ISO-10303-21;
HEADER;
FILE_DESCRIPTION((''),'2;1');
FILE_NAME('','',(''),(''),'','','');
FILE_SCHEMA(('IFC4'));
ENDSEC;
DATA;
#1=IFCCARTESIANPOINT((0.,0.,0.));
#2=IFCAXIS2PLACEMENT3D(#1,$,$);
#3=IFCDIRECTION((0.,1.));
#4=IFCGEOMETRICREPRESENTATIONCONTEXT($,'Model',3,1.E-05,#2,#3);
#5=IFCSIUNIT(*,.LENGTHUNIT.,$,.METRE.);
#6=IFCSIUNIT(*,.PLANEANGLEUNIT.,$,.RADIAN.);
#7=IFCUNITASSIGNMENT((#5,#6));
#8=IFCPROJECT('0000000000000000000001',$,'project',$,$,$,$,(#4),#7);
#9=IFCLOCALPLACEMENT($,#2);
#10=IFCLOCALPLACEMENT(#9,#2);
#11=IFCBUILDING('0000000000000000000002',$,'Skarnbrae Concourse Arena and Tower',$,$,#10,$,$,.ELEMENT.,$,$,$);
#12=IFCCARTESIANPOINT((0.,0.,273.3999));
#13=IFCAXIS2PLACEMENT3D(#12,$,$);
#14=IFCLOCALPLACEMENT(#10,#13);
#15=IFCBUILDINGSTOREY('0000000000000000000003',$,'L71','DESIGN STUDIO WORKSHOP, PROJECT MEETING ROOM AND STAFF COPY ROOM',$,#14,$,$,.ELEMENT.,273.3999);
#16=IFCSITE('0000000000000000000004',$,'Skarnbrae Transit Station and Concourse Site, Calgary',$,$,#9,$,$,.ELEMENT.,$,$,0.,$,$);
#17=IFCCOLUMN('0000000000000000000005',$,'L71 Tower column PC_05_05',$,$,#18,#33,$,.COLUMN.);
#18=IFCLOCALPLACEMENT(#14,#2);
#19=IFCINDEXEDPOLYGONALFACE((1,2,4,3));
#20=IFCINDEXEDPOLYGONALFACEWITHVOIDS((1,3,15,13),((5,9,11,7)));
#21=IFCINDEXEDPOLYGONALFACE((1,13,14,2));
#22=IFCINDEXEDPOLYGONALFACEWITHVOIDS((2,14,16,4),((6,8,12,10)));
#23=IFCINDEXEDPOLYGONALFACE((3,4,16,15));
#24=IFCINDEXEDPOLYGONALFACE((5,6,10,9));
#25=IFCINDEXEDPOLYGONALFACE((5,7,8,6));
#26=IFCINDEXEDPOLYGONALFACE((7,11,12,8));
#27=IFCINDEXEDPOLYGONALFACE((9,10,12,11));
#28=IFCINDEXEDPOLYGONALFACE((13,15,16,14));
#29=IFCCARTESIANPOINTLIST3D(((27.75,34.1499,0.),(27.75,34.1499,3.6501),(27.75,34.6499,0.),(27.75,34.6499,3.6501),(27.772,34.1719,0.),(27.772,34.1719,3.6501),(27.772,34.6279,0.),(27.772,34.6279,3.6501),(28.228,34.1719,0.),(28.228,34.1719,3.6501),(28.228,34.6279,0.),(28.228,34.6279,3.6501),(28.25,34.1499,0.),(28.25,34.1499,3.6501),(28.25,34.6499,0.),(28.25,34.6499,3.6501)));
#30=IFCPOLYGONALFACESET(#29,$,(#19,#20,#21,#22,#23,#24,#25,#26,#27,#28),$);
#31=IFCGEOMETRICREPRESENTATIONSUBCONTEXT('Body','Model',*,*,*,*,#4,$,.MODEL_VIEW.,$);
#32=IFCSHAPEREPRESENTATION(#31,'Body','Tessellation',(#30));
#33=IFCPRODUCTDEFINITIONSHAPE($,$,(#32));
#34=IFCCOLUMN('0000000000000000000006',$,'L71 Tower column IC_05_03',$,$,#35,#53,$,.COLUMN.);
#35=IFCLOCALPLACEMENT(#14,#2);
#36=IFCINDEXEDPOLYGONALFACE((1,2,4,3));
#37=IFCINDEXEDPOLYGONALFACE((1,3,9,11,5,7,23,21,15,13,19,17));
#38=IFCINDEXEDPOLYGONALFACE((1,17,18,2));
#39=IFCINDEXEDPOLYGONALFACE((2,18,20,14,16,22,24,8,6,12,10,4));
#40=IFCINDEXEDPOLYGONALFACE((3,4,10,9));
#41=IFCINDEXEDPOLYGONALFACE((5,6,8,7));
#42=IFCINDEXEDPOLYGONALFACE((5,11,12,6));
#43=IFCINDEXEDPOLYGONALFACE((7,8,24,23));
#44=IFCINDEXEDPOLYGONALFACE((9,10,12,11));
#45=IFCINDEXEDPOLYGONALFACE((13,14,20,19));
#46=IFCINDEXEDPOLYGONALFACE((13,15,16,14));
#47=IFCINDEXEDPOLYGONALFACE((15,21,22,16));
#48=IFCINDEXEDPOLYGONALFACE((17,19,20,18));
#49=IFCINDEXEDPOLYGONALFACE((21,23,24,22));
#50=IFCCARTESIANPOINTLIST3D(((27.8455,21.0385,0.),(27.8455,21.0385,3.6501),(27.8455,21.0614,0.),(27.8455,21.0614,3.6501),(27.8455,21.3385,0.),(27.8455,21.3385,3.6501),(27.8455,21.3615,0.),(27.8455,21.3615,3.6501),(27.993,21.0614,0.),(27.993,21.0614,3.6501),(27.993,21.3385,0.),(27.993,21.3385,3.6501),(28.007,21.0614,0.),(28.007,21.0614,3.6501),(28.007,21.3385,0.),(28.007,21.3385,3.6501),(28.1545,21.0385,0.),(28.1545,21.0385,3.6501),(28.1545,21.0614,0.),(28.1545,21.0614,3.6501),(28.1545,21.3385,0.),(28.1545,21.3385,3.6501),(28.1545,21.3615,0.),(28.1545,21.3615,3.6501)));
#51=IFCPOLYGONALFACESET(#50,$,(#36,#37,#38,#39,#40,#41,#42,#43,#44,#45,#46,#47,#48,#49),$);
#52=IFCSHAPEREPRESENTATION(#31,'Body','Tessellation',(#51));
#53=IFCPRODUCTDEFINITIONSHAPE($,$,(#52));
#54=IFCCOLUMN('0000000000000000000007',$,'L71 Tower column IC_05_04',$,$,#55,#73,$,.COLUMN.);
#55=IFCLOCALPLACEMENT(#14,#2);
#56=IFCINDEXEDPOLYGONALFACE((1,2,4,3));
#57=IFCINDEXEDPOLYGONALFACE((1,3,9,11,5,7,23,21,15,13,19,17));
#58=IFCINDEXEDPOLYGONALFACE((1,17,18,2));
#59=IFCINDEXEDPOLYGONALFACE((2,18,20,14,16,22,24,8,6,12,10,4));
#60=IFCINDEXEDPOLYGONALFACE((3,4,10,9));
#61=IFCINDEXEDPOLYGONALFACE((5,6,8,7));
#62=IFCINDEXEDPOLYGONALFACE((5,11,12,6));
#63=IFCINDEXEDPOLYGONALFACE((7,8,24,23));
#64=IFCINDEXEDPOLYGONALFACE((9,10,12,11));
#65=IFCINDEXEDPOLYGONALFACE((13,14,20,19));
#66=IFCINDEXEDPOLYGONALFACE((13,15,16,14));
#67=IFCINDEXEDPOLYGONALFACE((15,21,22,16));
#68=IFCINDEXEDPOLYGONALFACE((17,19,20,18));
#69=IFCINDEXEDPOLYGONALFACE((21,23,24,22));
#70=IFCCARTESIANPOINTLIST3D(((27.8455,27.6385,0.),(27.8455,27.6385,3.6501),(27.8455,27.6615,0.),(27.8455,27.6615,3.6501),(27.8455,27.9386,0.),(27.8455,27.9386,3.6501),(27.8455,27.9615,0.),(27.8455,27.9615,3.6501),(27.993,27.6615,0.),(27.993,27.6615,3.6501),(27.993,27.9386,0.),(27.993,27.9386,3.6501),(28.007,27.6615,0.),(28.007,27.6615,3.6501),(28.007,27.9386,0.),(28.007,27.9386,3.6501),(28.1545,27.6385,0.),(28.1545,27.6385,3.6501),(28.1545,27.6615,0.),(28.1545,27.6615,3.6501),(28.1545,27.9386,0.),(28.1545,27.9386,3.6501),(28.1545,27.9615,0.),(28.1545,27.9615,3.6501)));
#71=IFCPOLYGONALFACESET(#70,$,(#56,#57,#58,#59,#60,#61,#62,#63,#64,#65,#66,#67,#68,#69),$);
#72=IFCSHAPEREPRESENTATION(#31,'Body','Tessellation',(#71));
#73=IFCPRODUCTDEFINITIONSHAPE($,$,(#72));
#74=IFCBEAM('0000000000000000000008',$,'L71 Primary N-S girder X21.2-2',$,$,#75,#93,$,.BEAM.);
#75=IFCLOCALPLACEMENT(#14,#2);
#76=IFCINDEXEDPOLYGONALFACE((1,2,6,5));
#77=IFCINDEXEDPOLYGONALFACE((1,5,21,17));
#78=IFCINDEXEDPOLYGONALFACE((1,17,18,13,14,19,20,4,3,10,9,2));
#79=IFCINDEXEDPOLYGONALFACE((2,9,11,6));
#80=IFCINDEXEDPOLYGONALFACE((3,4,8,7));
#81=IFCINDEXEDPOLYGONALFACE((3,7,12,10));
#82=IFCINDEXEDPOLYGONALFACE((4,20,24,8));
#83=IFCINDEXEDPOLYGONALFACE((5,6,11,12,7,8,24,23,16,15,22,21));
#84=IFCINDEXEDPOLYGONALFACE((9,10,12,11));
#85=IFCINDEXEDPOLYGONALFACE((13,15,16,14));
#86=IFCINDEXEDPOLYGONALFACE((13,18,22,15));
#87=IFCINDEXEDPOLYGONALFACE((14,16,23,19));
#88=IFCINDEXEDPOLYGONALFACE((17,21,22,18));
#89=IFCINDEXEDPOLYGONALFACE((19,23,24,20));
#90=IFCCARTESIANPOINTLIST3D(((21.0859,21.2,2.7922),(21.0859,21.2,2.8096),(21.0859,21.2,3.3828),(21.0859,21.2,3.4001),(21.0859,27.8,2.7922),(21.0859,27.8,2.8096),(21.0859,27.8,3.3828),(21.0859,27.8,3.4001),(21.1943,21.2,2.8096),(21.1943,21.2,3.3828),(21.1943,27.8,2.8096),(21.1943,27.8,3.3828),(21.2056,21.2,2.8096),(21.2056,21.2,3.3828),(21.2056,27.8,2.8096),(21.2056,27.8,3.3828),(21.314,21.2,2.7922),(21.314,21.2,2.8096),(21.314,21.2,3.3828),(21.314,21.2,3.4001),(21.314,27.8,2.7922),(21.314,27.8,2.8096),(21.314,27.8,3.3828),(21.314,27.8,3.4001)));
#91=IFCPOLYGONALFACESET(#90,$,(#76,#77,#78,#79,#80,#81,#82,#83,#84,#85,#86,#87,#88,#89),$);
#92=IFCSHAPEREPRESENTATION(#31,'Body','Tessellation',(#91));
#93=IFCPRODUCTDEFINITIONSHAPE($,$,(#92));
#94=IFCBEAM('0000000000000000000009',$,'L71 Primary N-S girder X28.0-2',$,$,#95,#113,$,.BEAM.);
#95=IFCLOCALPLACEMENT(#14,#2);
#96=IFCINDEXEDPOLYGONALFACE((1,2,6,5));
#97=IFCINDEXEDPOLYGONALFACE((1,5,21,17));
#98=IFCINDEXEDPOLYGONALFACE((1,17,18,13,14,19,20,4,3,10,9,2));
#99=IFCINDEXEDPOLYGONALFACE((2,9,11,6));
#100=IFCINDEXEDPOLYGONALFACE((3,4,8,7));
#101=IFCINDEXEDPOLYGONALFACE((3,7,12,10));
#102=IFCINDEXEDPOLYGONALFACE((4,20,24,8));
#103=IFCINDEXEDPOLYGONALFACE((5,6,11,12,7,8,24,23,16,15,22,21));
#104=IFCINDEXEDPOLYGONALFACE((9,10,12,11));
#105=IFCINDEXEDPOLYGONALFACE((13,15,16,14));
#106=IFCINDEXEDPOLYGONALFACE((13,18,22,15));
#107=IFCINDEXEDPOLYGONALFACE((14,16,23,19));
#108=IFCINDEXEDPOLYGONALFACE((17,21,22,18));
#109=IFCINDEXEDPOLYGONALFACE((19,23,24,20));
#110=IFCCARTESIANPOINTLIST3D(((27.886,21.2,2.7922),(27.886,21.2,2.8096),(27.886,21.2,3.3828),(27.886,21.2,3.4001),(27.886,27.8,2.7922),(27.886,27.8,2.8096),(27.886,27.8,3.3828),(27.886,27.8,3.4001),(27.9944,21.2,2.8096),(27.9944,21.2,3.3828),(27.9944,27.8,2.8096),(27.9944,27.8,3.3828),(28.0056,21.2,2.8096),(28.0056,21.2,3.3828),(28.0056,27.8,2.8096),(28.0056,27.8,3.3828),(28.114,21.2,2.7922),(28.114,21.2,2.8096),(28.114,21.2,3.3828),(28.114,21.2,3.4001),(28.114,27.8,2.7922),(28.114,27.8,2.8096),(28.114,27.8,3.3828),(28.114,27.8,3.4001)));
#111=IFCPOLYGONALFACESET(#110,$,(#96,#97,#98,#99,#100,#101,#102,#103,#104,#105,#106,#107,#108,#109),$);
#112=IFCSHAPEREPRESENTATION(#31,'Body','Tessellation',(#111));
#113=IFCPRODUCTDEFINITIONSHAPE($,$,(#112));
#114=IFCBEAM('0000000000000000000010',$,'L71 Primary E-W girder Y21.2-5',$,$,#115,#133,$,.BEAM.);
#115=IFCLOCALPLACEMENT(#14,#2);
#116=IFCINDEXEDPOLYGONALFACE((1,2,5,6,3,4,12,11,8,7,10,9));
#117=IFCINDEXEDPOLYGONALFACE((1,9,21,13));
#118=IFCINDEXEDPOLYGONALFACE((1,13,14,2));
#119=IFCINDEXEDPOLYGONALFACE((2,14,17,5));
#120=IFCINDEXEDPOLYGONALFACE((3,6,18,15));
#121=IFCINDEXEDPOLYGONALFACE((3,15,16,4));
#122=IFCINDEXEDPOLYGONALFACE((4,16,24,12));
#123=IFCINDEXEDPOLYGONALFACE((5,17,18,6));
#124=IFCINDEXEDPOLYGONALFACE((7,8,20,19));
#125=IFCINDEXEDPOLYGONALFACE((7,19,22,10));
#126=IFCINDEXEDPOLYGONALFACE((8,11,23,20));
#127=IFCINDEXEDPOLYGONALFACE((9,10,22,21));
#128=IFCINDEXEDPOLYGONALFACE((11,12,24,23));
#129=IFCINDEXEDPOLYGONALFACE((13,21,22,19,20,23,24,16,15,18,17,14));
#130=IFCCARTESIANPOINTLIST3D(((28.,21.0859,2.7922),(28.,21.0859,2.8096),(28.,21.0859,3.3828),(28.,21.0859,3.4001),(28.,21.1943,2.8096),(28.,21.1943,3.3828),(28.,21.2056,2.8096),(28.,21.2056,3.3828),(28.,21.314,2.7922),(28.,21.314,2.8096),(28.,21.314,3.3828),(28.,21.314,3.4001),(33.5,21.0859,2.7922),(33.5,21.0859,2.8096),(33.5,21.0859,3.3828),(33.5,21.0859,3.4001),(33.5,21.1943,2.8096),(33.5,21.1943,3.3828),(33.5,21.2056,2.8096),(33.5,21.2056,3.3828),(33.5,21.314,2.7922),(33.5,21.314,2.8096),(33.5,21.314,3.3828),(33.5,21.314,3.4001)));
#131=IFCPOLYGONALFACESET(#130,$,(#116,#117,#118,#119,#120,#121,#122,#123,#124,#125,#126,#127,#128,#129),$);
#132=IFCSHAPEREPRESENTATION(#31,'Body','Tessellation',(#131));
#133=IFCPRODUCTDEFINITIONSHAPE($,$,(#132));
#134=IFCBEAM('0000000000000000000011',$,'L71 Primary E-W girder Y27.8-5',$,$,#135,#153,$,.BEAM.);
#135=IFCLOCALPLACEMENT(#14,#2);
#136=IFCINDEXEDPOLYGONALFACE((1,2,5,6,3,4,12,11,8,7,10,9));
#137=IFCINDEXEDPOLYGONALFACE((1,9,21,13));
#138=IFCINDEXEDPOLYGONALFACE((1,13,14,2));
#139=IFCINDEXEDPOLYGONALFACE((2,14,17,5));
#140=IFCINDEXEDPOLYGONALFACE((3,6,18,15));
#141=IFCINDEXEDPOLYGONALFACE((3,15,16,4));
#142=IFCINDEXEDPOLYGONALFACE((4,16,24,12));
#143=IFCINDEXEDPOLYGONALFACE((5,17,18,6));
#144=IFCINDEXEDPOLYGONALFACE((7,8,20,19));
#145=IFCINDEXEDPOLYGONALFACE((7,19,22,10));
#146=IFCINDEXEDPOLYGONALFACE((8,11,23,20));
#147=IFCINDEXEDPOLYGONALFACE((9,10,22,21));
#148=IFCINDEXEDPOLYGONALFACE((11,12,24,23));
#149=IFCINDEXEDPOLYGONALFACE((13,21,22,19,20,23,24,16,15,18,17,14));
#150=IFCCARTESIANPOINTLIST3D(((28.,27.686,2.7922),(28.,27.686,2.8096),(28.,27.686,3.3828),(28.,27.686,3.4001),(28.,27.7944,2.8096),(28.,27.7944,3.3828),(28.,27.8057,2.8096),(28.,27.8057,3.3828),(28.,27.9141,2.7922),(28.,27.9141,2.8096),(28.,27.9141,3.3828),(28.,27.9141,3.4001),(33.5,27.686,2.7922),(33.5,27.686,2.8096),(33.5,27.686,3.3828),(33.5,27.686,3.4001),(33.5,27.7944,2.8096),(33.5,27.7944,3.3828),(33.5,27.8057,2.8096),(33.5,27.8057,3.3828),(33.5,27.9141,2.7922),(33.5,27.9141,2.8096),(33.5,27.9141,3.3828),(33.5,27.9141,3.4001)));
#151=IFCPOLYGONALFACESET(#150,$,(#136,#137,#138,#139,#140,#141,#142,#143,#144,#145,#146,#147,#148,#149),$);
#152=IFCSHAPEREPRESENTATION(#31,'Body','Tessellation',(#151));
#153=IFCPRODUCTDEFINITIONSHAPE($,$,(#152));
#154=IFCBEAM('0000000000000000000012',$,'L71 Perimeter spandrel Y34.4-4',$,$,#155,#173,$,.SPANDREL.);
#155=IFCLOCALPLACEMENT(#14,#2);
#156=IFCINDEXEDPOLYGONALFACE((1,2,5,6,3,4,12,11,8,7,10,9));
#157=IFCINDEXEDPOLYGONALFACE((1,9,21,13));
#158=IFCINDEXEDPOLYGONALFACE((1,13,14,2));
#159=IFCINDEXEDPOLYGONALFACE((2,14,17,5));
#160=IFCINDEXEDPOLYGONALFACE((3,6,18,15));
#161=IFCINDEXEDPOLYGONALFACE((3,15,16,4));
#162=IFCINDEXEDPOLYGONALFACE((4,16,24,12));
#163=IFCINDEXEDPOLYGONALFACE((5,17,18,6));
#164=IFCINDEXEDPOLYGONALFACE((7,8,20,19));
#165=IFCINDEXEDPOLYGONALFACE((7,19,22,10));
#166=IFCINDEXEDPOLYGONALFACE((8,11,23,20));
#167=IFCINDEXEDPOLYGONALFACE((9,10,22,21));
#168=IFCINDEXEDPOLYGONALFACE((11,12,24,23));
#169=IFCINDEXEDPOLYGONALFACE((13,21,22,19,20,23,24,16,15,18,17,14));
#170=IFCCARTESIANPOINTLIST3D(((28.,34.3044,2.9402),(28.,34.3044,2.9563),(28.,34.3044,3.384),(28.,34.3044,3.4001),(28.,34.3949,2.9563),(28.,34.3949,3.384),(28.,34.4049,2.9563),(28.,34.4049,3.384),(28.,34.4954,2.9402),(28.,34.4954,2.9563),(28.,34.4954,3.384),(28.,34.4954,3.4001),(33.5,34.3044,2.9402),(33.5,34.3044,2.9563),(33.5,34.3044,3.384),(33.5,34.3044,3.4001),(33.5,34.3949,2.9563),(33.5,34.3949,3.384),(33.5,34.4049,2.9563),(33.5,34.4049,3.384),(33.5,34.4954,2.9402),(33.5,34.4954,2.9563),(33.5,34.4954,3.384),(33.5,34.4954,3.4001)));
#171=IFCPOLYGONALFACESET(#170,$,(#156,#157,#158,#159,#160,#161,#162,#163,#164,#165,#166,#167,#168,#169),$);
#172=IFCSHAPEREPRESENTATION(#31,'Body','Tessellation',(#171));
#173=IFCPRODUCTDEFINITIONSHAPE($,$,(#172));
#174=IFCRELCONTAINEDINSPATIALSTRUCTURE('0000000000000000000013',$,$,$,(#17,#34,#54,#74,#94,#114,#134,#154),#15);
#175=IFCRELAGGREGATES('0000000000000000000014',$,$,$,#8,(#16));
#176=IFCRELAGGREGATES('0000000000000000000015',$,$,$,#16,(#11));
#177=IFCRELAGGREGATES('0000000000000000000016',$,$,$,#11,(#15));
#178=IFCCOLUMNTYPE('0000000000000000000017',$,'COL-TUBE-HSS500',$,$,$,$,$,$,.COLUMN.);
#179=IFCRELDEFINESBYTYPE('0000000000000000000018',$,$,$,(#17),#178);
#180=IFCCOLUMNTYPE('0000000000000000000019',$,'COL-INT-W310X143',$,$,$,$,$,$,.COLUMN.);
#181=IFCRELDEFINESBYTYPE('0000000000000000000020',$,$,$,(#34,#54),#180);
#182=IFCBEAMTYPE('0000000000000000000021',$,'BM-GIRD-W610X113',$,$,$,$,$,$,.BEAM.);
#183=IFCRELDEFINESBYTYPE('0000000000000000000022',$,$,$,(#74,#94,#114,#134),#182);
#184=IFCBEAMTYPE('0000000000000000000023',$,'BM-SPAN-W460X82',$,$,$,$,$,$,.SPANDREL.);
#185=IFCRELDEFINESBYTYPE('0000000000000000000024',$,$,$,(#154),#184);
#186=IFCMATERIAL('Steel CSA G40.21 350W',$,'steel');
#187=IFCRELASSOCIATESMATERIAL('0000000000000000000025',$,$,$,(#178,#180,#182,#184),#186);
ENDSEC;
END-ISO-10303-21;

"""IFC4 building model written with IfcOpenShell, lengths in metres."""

from ifc_helpers import new_model, si_unit, direction, frame, origin, origin_2d, place, context, subcontext, project, spatial, hollow_rectangle, i_section, extrude, source, transform, mapped, material, material_profile, profile_set, type_object, element, save


model = new_model("IFC4")

# Units and contexts
model_context = context("Model", 3, precision=1e-05, world=origin(), true_north=direction((0.0, 1.0)))
body_context = subcontext(model_context, "Body", "Model", "MODEL_VIEW")
ifc_project = project(units=[si_unit("LENGTHUNIT", "METRE"), si_unit("PLANEANGLEUNIT", "RADIAN")], contexts=[model_context])

# Site, building, storey
site_placement = place(None, origin())
site = spatial("IfcSite", under=ifc_project, at=site_placement, Name="Skarnbrae Transit Station and Concourse Site, Calgary", CompositionType="ELEMENT", RefElevation=0.0)
building_placement = place(site_placement, origin())
building = spatial("IfcBuilding", under=site, at=building_placement, Name="Skarnbrae Concourse Arena and Tower", CompositionType="ELEMENT")
storey_placement = place(building_placement, frame((0.0, 0.0, 273.3999)))
storey = spatial("IfcBuildingStorey", under=building, at=storey_placement, Name="L71", Description="DESIGN STUDIO WORKSHOP, PROJECT MEETING ROOM AND STAFF COPY ROOM", CompositionType="ELEMENT", Elevation=273.3999)

# Columns
ifc_material_1 = material(Name="Steel CSA G40.21 350W", Category="steel")
ifc_material_profile_1 = material_profile(ifc_material_1, hollow_rectangle(XDim=0.5, YDim=0.5, WallThickness=0.022, at=origin_2d()), Name="HSS500X500X22.0")
ifc_profile_set_1 = profile_set([ifc_material_profile_1], Name="Steel CSA G40.21 350W")
column_type_1 = type_object("IfcColumnType", Name="COL-TUBE-HSS500", PredefinedType="COLUMN", material=ifc_profile_set_1)
shared_shape_1 = source(origin(), body_context, "Body", "SweptSolid", [
    extrude(hollow_rectangle(XDim=0.5, YDim=0.5, WallThickness=0.022, at=origin_2d()), origin(), (0.0, 0.0, 1.0), 3.6501),
])
column_placement = place(storey_placement, frame((28.0, 34.3999, 0.0), z_axis=(0.0, 0.0, 1.0), x_axis=(1.0, 0.0, 0.0)))
element("IfcColumn", 1, at=column_placement, inside=storey, type_object=column_type_1, Name="L71 Tower column PC_05_05", PredefinedType="COLUMN", context=body_context, shape_type="MappedRepresentation", body=[
    mapped(shared_shape_1, transform((0.0, 0.0, 0.0))),
])
ifc_material_profile_2 = material_profile(ifc_material_1, i_section(OverallWidth=0.3091, OverallDepth=0.323, WebThickness=0.0139, FlangeThickness=0.0229, at=origin_2d()), Name="W310X143")
ifc_profile_set_2 = profile_set([ifc_material_profile_2], Name="Steel CSA G40.21 350W")
column_type_2 = type_object("IfcColumnType", Name="COL-INT-W310X143", PredefinedType="COLUMN", material=ifc_profile_set_2)
shared_shape_2 = source(origin(), body_context, "Body", "SweptSolid", [
    extrude(i_section(OverallWidth=0.3091, OverallDepth=0.323, WebThickness=0.0139, FlangeThickness=0.0229, at=origin_2d()), origin(), (0.0, 0.0, 1.0), 3.6501),
])
for number, where, z_axis, x_axis, name in (
    (2, (28.0, 21.2, 0.0), (0.0, 0.0, 1.0), (1.0, 0.0, 0.0), "L71 Tower column IC_05_03"),
    (3, (28.0, 27.8, 0.0), (0.0, 0.0, 1.0), (1.0, 0.0, 0.0), "L71 Tower column IC_05_04"),
):
    element("IfcColumn", number, at=place(storey_placement, frame(where, z_axis=z_axis, x_axis=x_axis)), inside=storey, type_object=column_type_2, Name=name, PredefinedType="COLUMN", context=body_context, shape_type="MappedRepresentation", body=[
        mapped(shared_shape_2, transform((0.0, 0.0, 0.0))),
    ])

# Beams
ifc_material_profile_3 = material_profile(ifc_material_1, i_section(OverallWidth=0.228, OverallDepth=0.6079, WebThickness=0.0112, FlangeThickness=0.0173, at=origin_2d()), Name="W610X113")
ifc_profile_set_3 = profile_set([ifc_material_profile_3], Name="Steel CSA G40.21 350W")
beam_type_1 = type_object("IfcBeamType", Name="BM-GIRD-W610X113", PredefinedType="BEAM", material=ifc_profile_set_3)
shared_shape_3 = source(origin(), body_context, "Body", "SweptSolid", [
    extrude(i_section(OverallWidth=0.228, OverallDepth=0.6079, WebThickness=0.0112, FlangeThickness=0.0173, at=origin_2d()), origin(), (0.0, 0.0, 1.0), 6.6001),
])
for number, where, z_axis, x_axis, name in (
    (4, (21.2, 21.2, 3.0962), (0.0, 1.0, 0.0), (-1.0, 0.0, 0.0), "L71 Primary N-S girder X21.2-2"),
    (5, (28.0, 21.2, 3.0962), (0.0, 1.0, 0.0), (-1.0, 0.0, 0.0), "L71 Primary N-S girder X28.0-2"),
):
    element("IfcBeam", number, at=place(storey_placement, frame(where, z_axis=z_axis, x_axis=x_axis)), inside=storey, type_object=beam_type_1, Name=name, PredefinedType="BEAM", context=body_context, shape_type="MappedRepresentation", body=[
        mapped(shared_shape_3, transform((0.0, 0.0, 0.0))),
    ])
shared_shape_4 = source(origin(), body_context, "Body", "SweptSolid", [
    extrude(i_section(OverallWidth=0.228, OverallDepth=0.6079, WebThickness=0.0112, FlangeThickness=0.0173, at=origin_2d()), origin(), (0.0, 0.0, 1.0), 5.5),
])
for number, where, z_axis, x_axis, name in (
    (6, (28.0, 21.2, 3.0962), (1.0, 0.0, 0.0), (0.0, 1.0, 0.0), "L71 Primary E-W girder Y21.2-5"),
    (7, (28.0, 27.8, 3.0962), (1.0, 0.0, 0.0), (0.0, 1.0, 0.0), "L71 Primary E-W girder Y27.8-5"),
):
    element("IfcBeam", number, at=place(storey_placement, frame(where, z_axis=z_axis, x_axis=x_axis)), inside=storey, type_object=beam_type_1, Name=name, PredefinedType="BEAM", context=body_context, shape_type="MappedRepresentation", body=[
        mapped(shared_shape_4, transform((0.0, 0.0, 0.0))),
    ])
ifc_material_profile_4 = material_profile(ifc_material_1, i_section(OverallWidth=0.1909, OverallDepth=0.46, WebThickness=0.01, FlangeThickness=0.0161, at=origin_2d()), Name="W460X82")
ifc_profile_set_4 = profile_set([ifc_material_profile_4], Name="Steel CSA G40.21 350W")
beam_type_2 = type_object("IfcBeamType", Name="BM-SPAN-W460X82", PredefinedType="SPANDREL", material=ifc_profile_set_4)
shared_shape_5 = source(origin(), body_context, "Body", "SweptSolid", [
    extrude(i_section(OverallWidth=0.1909, OverallDepth=0.46, WebThickness=0.01, FlangeThickness=0.0161, at=origin_2d()), origin(), (0.0, 0.0, 1.0), 5.5),
])
beam_placement = place(storey_placement, frame((28.0, 34.3999, 3.1702), z_axis=(1.0, 0.0, 0.0), x_axis=(0.0, 1.0, 0.0)))
element("IfcBeam", 8, at=beam_placement, inside=storey, type_object=beam_type_2, Name="L71 Perimeter spandrel Y34.4-4", PredefinedType="SPANDREL", context=body_context, shape_type="MappedRepresentation", body=[
    mapped(shared_shape_5, transform((0.0, 0.0, 0.0))),
])

save(model, "model.ifc")
